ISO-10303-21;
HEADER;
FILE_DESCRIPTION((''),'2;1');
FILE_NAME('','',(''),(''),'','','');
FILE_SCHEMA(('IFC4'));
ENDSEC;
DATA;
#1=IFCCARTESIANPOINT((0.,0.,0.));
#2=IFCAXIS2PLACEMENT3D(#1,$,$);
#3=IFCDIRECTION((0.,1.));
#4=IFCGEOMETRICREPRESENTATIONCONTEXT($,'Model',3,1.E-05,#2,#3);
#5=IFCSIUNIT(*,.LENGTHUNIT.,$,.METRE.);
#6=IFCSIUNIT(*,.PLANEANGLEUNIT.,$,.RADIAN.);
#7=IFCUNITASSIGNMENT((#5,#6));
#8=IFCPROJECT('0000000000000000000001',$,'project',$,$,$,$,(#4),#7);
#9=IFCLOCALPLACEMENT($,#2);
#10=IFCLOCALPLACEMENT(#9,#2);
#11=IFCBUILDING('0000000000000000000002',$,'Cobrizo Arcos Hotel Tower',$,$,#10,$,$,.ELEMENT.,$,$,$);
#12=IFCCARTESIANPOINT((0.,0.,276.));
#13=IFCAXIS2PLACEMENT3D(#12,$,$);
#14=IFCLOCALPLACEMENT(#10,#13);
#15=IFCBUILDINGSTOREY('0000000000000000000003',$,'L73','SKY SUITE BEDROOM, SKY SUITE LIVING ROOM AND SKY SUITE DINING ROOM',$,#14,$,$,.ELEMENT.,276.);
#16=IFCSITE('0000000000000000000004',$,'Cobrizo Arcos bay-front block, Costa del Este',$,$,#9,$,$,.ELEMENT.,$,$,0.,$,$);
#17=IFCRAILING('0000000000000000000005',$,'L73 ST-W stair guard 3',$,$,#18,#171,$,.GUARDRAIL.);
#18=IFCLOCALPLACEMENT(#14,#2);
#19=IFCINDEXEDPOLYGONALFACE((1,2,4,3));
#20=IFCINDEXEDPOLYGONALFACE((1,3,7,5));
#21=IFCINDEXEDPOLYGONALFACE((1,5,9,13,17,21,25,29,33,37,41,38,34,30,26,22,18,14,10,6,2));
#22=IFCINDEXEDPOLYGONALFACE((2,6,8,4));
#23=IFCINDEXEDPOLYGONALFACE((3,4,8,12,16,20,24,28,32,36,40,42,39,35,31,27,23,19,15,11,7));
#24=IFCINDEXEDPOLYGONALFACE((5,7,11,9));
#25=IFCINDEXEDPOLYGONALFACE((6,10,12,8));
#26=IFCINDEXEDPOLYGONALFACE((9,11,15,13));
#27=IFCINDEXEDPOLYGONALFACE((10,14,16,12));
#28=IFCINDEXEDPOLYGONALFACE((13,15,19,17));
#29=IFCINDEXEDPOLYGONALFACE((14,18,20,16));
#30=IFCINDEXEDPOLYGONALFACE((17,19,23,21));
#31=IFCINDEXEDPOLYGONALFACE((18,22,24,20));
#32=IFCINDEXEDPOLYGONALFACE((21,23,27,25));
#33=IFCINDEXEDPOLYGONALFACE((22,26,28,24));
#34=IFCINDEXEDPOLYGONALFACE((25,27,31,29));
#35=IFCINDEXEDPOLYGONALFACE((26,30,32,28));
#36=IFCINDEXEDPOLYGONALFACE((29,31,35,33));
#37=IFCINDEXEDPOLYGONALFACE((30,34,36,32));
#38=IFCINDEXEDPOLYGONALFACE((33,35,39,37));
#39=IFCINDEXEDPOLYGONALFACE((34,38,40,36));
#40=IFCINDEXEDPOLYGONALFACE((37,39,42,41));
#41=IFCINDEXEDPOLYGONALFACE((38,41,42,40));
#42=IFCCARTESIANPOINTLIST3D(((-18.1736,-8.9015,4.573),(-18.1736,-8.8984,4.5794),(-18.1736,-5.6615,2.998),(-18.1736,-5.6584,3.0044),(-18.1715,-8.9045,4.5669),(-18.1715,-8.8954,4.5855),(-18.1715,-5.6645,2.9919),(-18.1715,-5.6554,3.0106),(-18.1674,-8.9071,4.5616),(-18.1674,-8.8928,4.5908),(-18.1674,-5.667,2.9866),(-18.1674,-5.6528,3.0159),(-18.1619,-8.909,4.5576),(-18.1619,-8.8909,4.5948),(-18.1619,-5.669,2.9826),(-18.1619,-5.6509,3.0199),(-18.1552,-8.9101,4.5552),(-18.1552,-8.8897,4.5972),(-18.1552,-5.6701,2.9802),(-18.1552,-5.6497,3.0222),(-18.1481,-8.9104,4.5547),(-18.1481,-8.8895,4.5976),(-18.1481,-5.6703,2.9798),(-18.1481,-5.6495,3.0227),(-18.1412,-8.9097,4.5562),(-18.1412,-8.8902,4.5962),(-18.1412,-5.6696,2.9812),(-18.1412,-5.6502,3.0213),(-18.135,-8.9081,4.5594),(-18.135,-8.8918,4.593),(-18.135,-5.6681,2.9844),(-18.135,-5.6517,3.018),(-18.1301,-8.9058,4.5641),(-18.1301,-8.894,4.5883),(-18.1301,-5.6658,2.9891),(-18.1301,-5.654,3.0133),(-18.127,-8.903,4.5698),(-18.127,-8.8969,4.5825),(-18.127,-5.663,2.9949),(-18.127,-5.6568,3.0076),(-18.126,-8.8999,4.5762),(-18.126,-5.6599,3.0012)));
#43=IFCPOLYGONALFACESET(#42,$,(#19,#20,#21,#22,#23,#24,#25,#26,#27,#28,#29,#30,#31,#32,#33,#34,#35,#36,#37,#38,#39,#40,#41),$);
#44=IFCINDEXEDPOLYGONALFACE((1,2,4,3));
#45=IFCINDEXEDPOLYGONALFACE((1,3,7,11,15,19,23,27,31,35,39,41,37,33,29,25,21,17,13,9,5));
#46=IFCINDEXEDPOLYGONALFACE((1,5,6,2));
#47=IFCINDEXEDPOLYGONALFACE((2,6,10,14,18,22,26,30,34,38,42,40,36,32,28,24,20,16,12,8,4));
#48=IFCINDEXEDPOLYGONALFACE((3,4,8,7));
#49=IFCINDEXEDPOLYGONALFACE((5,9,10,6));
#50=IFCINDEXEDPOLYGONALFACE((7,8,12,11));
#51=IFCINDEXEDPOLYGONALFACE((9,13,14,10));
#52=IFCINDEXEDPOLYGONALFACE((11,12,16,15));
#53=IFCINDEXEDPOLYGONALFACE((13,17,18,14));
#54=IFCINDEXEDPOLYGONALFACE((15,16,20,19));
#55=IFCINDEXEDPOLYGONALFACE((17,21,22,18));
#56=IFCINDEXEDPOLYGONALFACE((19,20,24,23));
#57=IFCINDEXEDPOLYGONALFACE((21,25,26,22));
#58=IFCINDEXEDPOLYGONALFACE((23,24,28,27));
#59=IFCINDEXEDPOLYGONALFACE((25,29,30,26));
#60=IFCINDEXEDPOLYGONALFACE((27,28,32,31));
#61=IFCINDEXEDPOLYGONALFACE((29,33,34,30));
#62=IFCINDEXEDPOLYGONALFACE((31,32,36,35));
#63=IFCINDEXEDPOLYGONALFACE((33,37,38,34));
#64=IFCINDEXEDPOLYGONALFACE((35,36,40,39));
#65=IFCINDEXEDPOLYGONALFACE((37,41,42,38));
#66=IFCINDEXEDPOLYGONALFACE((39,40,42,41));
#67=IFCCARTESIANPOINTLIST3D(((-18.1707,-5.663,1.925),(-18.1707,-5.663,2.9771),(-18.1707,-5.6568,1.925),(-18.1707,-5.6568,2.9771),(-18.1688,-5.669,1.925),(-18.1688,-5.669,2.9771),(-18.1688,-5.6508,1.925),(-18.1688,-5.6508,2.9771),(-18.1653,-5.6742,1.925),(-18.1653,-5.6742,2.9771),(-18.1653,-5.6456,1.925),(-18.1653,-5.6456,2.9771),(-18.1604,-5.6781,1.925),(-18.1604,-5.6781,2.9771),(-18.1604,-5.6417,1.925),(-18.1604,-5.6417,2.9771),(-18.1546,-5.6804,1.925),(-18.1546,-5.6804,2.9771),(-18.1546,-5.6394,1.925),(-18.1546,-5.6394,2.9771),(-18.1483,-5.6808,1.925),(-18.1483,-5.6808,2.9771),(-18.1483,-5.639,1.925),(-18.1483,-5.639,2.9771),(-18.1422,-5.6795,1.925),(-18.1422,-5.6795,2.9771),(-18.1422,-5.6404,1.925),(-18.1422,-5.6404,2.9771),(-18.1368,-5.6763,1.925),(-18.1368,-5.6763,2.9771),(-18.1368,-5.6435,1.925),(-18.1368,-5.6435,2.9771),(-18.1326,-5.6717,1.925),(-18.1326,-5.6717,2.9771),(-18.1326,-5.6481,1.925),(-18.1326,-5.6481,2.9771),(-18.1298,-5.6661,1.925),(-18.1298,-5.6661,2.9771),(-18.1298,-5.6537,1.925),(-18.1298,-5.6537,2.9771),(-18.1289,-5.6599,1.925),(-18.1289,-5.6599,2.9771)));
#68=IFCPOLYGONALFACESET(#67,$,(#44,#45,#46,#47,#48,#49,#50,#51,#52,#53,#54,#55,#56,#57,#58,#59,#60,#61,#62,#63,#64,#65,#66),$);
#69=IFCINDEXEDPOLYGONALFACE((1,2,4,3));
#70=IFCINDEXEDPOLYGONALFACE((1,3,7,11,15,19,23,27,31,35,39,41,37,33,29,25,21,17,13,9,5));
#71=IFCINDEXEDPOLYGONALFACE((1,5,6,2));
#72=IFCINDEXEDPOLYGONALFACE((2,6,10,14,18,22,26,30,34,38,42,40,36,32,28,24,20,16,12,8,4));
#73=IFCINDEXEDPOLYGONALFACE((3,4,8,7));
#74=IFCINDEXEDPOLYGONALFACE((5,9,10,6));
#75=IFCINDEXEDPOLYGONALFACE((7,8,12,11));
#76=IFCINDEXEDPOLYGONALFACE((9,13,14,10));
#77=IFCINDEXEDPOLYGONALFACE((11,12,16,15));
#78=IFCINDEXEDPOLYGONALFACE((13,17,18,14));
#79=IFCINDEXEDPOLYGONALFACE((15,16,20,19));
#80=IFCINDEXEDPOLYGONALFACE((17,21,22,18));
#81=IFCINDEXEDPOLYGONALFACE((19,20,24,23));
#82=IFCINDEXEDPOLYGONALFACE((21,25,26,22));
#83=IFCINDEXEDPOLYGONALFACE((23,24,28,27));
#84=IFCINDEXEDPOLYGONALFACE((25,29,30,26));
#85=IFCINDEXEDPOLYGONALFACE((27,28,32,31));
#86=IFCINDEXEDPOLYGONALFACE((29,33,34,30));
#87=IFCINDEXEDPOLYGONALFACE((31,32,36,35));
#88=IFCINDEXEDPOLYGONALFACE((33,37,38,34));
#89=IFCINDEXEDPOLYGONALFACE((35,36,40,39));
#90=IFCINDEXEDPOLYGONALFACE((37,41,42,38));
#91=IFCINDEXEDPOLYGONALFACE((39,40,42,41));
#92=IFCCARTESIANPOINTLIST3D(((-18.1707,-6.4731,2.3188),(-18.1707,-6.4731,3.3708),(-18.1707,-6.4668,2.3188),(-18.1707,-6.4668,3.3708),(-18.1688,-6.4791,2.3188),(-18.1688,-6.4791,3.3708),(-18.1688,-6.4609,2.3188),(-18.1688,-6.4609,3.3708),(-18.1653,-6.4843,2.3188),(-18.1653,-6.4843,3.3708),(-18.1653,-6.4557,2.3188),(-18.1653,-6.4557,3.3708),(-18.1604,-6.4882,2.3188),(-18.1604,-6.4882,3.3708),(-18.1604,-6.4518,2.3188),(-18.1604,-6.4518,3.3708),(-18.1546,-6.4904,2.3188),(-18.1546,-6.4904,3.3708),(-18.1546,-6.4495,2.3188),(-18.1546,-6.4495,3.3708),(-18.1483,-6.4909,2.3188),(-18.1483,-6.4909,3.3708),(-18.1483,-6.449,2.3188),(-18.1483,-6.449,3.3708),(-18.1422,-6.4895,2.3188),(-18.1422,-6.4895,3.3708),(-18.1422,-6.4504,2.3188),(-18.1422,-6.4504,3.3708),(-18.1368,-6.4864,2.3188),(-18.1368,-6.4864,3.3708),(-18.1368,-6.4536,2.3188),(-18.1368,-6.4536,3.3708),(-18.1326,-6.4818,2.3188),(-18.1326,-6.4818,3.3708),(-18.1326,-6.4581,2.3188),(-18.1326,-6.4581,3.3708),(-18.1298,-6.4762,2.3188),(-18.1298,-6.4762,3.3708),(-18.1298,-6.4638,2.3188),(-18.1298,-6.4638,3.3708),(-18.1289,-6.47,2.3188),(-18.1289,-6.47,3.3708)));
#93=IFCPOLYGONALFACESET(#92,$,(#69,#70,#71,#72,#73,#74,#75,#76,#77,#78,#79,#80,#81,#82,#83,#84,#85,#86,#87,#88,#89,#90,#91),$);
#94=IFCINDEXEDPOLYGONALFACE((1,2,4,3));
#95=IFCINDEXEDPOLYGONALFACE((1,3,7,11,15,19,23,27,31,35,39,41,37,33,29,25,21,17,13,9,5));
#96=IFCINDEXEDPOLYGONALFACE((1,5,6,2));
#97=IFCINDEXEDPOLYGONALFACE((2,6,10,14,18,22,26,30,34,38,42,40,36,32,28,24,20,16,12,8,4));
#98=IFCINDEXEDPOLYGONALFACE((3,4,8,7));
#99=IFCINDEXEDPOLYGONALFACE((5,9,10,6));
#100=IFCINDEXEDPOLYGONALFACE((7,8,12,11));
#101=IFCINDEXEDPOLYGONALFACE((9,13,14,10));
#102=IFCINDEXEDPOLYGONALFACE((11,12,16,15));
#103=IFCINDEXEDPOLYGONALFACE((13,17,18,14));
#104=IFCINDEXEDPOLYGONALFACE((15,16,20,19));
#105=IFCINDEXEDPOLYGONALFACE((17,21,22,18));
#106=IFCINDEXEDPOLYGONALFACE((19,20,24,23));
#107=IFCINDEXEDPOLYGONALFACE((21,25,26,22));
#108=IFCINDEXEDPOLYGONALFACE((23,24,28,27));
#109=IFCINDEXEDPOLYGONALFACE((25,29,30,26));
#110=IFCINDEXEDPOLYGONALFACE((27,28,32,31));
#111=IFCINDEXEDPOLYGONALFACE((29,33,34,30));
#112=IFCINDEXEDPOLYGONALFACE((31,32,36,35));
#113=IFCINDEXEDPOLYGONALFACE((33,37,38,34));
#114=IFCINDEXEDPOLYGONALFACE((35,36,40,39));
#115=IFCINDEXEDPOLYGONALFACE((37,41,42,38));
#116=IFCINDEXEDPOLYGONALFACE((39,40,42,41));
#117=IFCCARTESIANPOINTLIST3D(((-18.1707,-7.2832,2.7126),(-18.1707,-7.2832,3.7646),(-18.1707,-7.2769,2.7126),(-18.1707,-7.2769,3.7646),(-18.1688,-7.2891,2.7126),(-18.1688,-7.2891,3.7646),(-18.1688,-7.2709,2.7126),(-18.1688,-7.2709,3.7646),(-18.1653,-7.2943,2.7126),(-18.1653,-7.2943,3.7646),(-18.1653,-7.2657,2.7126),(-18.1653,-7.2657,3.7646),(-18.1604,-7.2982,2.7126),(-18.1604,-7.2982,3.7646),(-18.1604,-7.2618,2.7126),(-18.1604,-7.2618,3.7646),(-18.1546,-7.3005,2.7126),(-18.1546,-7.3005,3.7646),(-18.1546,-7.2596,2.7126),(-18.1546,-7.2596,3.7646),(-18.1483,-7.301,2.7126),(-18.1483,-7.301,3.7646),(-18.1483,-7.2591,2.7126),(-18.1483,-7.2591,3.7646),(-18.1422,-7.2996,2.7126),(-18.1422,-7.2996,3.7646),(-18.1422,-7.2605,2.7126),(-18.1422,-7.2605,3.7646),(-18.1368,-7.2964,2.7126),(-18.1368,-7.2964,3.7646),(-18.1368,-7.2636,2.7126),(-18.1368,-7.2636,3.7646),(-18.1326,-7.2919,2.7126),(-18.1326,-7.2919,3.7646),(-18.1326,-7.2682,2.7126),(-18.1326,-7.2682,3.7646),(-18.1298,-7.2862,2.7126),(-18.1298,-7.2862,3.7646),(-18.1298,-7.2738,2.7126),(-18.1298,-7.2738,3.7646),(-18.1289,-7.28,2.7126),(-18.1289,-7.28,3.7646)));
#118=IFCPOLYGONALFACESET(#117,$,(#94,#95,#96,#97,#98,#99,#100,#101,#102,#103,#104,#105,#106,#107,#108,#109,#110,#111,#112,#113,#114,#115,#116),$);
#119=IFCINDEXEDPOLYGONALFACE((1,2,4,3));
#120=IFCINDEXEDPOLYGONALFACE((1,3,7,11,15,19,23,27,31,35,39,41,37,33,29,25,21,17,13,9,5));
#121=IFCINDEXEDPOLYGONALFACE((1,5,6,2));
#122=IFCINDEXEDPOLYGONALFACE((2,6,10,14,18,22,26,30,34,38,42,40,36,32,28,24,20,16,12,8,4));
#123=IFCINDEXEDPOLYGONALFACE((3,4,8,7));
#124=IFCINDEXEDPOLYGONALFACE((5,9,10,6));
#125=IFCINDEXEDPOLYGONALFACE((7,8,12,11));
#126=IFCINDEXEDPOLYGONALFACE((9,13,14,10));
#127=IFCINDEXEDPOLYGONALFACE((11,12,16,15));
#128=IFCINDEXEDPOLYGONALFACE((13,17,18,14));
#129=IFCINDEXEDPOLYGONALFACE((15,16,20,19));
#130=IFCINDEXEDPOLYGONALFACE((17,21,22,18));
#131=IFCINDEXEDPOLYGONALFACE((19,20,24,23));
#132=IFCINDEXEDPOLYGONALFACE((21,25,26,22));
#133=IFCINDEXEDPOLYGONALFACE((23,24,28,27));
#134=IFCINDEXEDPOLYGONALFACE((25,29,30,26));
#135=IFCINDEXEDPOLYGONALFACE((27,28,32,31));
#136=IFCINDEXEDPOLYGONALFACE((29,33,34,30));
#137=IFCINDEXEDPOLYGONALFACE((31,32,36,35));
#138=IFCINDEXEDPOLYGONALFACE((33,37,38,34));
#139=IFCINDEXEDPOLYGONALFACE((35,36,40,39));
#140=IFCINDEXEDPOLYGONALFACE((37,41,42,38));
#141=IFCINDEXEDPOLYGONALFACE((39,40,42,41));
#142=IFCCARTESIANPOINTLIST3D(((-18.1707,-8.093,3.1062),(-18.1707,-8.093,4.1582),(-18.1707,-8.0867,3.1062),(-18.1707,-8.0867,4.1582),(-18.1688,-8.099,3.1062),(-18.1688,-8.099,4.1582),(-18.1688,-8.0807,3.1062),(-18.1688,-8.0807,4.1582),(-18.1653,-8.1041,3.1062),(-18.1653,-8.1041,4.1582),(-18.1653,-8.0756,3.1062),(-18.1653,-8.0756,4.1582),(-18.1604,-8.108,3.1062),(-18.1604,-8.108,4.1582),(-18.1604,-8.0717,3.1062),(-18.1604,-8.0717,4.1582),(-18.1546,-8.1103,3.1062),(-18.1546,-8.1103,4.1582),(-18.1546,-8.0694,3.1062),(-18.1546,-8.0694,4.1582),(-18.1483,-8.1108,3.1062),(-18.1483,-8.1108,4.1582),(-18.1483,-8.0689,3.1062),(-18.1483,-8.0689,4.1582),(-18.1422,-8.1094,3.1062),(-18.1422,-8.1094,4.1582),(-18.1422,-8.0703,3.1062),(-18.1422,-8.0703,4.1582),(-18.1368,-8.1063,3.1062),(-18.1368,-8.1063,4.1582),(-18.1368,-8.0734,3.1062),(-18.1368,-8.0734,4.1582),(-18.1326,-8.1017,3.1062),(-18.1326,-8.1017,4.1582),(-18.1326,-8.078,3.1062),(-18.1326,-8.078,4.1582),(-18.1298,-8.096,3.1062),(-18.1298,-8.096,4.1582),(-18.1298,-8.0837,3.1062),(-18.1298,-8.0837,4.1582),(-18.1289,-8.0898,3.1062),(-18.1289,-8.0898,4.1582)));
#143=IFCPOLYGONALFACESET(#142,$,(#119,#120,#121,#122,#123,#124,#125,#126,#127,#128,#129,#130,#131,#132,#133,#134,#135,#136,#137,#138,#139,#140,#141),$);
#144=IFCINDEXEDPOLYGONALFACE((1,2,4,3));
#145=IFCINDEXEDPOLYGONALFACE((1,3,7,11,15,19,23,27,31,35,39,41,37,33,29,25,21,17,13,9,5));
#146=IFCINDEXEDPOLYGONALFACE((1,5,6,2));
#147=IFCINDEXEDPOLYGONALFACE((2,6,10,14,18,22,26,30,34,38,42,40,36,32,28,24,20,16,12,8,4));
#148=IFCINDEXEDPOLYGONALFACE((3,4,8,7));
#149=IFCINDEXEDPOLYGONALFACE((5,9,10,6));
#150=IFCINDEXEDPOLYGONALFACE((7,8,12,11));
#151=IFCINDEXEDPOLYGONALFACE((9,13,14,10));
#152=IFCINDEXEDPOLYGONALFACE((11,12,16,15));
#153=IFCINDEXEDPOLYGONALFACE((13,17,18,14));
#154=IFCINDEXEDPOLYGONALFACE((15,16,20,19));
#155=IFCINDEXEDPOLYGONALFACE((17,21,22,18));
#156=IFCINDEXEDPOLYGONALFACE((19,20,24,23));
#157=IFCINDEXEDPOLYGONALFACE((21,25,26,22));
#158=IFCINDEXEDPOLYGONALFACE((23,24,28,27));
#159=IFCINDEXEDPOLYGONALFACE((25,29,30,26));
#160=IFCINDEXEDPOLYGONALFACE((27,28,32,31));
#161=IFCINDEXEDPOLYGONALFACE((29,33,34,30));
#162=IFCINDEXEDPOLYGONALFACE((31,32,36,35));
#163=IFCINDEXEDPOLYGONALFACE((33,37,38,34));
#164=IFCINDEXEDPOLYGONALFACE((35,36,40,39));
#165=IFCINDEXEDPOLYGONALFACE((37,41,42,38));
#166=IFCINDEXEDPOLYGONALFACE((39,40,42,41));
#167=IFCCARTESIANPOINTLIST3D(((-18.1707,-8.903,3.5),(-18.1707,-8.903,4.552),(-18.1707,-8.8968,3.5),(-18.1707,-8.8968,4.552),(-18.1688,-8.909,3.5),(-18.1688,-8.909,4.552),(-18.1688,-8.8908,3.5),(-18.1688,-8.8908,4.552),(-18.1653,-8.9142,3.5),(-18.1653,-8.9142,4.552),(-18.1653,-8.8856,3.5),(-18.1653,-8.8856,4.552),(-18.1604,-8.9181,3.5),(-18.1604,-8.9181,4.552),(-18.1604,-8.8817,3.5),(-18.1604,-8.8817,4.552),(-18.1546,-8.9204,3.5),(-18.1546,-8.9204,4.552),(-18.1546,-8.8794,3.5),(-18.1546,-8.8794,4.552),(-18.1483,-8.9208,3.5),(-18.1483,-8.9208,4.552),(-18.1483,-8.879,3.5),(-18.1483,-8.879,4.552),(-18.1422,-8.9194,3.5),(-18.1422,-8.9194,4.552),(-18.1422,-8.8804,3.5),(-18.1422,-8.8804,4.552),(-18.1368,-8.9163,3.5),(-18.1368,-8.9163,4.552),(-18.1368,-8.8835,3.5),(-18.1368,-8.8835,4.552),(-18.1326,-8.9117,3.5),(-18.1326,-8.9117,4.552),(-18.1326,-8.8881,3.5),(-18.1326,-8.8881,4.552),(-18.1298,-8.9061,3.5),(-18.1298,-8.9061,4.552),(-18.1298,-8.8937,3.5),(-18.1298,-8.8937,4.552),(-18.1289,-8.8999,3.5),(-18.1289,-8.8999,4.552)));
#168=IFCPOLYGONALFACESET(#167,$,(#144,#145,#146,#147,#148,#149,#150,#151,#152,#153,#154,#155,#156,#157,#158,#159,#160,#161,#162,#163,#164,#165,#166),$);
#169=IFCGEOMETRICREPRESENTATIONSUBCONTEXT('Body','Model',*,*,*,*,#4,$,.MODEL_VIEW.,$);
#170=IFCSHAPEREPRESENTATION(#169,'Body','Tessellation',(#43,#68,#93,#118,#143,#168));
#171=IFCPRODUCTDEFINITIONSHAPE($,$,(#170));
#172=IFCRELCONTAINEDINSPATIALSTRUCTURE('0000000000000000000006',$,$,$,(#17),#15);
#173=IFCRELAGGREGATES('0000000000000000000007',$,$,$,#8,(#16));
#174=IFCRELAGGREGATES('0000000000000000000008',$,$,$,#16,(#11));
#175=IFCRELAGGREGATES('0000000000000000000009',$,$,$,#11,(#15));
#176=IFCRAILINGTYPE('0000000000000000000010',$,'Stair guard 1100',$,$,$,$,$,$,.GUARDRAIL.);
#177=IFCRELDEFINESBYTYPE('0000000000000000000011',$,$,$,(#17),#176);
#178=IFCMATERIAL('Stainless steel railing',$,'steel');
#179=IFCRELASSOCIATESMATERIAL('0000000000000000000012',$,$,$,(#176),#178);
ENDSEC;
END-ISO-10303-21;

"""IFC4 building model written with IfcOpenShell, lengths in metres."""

from ifc_helpers import new_model, si_unit, direction, frame, origin, origin_2d, place, context, subcontext, project, spatial, circle, extrude, material, type_object, element, save


model = new_model("IFC4")

# Units and contexts
model_context = context("Model", 3, precision=1e-05, world=origin(), true_north=direction((0.0, 1.0)))
body_context = subcontext(model_context, "Body", "Model", "MODEL_VIEW")
ifc_project = project(units=[si_unit("LENGTHUNIT", "METRE"), si_unit("PLANEANGLEUNIT", "RADIAN")], contexts=[model_context])

# Site, building, storey
site_placement = place(None, origin())
site = spatial("IfcSite", under=ifc_project, at=site_placement, Name="Cobrizo Arcos bay-front block, Costa del Este", CompositionType="ELEMENT", RefElevation=0.0)
building_placement = place(site_placement, origin())
building = spatial("IfcBuilding", under=site, at=building_placement, Name="Cobrizo Arcos Hotel Tower", CompositionType="ELEMENT")
storey_placement = place(building_placement, frame((0.0, 0.0, 276.0)))
storey = spatial("IfcBuildingStorey", under=building, at=storey_placement, Name="L73", Description="SKY SUITE BEDROOM, SKY SUITE LIVING ROOM AND SKY SUITE DINING ROOM", CompositionType="ELEMENT", Elevation=276.0)

# Railing
ifc_material_1 = material(Name="Stainless steel railing", Category="steel")
railing_type_1 = type_object("IfcRailingType", Name="Stair guard 1100", PredefinedType="GUARDRAIL", material=ifc_material_1)
railing_1_placement = place(storey_placement, frame((-18.1499, -5.6599, 1.925)))
element("IfcRailing", 1, at=railing_1_placement, inside=storey, type_object=railing_type_1, Name="L73 ST-W stair guard 3", PredefinedType="GUARDRAIL", context=body_context, shape_type="SweptSolid", body=[
    extrude(circle(Radius=0.0239, at=origin_2d()), frame((0.0, 0.0, 1.0762), z_axis=(0.0, -0.899373, 0.437183), x_axis=(1.0, 0.0, 0.0)), (0.0, 0.0, 1.0), 3.6025),
    extrude(circle(Radius=0.021, at=origin_2d()), origin(), (0.0, 0.0, 1.0), 1.052),
    extrude(circle(Radius=0.021, at=origin_2d()), frame((0.0, -0.8101, 0.3938)), (0.0, 0.0, 1.0), 1.052),
    extrude(circle(Radius=0.021, at=origin_2d()), frame((0.0, -1.6201, 0.7876)), (0.0, 0.0, 1.0), 1.052),
    extrude(circle(Radius=0.021, at=origin_2d()), frame((0.0, -2.4299, 1.1812)), (0.0, 0.0, 1.0), 1.052),
    extrude(circle(Radius=0.021, at=origin_2d()), frame((0.0, -3.24, 1.575)), (0.0, 0.0, 1.0), 1.052),
])

save(model, "model.ifc")
